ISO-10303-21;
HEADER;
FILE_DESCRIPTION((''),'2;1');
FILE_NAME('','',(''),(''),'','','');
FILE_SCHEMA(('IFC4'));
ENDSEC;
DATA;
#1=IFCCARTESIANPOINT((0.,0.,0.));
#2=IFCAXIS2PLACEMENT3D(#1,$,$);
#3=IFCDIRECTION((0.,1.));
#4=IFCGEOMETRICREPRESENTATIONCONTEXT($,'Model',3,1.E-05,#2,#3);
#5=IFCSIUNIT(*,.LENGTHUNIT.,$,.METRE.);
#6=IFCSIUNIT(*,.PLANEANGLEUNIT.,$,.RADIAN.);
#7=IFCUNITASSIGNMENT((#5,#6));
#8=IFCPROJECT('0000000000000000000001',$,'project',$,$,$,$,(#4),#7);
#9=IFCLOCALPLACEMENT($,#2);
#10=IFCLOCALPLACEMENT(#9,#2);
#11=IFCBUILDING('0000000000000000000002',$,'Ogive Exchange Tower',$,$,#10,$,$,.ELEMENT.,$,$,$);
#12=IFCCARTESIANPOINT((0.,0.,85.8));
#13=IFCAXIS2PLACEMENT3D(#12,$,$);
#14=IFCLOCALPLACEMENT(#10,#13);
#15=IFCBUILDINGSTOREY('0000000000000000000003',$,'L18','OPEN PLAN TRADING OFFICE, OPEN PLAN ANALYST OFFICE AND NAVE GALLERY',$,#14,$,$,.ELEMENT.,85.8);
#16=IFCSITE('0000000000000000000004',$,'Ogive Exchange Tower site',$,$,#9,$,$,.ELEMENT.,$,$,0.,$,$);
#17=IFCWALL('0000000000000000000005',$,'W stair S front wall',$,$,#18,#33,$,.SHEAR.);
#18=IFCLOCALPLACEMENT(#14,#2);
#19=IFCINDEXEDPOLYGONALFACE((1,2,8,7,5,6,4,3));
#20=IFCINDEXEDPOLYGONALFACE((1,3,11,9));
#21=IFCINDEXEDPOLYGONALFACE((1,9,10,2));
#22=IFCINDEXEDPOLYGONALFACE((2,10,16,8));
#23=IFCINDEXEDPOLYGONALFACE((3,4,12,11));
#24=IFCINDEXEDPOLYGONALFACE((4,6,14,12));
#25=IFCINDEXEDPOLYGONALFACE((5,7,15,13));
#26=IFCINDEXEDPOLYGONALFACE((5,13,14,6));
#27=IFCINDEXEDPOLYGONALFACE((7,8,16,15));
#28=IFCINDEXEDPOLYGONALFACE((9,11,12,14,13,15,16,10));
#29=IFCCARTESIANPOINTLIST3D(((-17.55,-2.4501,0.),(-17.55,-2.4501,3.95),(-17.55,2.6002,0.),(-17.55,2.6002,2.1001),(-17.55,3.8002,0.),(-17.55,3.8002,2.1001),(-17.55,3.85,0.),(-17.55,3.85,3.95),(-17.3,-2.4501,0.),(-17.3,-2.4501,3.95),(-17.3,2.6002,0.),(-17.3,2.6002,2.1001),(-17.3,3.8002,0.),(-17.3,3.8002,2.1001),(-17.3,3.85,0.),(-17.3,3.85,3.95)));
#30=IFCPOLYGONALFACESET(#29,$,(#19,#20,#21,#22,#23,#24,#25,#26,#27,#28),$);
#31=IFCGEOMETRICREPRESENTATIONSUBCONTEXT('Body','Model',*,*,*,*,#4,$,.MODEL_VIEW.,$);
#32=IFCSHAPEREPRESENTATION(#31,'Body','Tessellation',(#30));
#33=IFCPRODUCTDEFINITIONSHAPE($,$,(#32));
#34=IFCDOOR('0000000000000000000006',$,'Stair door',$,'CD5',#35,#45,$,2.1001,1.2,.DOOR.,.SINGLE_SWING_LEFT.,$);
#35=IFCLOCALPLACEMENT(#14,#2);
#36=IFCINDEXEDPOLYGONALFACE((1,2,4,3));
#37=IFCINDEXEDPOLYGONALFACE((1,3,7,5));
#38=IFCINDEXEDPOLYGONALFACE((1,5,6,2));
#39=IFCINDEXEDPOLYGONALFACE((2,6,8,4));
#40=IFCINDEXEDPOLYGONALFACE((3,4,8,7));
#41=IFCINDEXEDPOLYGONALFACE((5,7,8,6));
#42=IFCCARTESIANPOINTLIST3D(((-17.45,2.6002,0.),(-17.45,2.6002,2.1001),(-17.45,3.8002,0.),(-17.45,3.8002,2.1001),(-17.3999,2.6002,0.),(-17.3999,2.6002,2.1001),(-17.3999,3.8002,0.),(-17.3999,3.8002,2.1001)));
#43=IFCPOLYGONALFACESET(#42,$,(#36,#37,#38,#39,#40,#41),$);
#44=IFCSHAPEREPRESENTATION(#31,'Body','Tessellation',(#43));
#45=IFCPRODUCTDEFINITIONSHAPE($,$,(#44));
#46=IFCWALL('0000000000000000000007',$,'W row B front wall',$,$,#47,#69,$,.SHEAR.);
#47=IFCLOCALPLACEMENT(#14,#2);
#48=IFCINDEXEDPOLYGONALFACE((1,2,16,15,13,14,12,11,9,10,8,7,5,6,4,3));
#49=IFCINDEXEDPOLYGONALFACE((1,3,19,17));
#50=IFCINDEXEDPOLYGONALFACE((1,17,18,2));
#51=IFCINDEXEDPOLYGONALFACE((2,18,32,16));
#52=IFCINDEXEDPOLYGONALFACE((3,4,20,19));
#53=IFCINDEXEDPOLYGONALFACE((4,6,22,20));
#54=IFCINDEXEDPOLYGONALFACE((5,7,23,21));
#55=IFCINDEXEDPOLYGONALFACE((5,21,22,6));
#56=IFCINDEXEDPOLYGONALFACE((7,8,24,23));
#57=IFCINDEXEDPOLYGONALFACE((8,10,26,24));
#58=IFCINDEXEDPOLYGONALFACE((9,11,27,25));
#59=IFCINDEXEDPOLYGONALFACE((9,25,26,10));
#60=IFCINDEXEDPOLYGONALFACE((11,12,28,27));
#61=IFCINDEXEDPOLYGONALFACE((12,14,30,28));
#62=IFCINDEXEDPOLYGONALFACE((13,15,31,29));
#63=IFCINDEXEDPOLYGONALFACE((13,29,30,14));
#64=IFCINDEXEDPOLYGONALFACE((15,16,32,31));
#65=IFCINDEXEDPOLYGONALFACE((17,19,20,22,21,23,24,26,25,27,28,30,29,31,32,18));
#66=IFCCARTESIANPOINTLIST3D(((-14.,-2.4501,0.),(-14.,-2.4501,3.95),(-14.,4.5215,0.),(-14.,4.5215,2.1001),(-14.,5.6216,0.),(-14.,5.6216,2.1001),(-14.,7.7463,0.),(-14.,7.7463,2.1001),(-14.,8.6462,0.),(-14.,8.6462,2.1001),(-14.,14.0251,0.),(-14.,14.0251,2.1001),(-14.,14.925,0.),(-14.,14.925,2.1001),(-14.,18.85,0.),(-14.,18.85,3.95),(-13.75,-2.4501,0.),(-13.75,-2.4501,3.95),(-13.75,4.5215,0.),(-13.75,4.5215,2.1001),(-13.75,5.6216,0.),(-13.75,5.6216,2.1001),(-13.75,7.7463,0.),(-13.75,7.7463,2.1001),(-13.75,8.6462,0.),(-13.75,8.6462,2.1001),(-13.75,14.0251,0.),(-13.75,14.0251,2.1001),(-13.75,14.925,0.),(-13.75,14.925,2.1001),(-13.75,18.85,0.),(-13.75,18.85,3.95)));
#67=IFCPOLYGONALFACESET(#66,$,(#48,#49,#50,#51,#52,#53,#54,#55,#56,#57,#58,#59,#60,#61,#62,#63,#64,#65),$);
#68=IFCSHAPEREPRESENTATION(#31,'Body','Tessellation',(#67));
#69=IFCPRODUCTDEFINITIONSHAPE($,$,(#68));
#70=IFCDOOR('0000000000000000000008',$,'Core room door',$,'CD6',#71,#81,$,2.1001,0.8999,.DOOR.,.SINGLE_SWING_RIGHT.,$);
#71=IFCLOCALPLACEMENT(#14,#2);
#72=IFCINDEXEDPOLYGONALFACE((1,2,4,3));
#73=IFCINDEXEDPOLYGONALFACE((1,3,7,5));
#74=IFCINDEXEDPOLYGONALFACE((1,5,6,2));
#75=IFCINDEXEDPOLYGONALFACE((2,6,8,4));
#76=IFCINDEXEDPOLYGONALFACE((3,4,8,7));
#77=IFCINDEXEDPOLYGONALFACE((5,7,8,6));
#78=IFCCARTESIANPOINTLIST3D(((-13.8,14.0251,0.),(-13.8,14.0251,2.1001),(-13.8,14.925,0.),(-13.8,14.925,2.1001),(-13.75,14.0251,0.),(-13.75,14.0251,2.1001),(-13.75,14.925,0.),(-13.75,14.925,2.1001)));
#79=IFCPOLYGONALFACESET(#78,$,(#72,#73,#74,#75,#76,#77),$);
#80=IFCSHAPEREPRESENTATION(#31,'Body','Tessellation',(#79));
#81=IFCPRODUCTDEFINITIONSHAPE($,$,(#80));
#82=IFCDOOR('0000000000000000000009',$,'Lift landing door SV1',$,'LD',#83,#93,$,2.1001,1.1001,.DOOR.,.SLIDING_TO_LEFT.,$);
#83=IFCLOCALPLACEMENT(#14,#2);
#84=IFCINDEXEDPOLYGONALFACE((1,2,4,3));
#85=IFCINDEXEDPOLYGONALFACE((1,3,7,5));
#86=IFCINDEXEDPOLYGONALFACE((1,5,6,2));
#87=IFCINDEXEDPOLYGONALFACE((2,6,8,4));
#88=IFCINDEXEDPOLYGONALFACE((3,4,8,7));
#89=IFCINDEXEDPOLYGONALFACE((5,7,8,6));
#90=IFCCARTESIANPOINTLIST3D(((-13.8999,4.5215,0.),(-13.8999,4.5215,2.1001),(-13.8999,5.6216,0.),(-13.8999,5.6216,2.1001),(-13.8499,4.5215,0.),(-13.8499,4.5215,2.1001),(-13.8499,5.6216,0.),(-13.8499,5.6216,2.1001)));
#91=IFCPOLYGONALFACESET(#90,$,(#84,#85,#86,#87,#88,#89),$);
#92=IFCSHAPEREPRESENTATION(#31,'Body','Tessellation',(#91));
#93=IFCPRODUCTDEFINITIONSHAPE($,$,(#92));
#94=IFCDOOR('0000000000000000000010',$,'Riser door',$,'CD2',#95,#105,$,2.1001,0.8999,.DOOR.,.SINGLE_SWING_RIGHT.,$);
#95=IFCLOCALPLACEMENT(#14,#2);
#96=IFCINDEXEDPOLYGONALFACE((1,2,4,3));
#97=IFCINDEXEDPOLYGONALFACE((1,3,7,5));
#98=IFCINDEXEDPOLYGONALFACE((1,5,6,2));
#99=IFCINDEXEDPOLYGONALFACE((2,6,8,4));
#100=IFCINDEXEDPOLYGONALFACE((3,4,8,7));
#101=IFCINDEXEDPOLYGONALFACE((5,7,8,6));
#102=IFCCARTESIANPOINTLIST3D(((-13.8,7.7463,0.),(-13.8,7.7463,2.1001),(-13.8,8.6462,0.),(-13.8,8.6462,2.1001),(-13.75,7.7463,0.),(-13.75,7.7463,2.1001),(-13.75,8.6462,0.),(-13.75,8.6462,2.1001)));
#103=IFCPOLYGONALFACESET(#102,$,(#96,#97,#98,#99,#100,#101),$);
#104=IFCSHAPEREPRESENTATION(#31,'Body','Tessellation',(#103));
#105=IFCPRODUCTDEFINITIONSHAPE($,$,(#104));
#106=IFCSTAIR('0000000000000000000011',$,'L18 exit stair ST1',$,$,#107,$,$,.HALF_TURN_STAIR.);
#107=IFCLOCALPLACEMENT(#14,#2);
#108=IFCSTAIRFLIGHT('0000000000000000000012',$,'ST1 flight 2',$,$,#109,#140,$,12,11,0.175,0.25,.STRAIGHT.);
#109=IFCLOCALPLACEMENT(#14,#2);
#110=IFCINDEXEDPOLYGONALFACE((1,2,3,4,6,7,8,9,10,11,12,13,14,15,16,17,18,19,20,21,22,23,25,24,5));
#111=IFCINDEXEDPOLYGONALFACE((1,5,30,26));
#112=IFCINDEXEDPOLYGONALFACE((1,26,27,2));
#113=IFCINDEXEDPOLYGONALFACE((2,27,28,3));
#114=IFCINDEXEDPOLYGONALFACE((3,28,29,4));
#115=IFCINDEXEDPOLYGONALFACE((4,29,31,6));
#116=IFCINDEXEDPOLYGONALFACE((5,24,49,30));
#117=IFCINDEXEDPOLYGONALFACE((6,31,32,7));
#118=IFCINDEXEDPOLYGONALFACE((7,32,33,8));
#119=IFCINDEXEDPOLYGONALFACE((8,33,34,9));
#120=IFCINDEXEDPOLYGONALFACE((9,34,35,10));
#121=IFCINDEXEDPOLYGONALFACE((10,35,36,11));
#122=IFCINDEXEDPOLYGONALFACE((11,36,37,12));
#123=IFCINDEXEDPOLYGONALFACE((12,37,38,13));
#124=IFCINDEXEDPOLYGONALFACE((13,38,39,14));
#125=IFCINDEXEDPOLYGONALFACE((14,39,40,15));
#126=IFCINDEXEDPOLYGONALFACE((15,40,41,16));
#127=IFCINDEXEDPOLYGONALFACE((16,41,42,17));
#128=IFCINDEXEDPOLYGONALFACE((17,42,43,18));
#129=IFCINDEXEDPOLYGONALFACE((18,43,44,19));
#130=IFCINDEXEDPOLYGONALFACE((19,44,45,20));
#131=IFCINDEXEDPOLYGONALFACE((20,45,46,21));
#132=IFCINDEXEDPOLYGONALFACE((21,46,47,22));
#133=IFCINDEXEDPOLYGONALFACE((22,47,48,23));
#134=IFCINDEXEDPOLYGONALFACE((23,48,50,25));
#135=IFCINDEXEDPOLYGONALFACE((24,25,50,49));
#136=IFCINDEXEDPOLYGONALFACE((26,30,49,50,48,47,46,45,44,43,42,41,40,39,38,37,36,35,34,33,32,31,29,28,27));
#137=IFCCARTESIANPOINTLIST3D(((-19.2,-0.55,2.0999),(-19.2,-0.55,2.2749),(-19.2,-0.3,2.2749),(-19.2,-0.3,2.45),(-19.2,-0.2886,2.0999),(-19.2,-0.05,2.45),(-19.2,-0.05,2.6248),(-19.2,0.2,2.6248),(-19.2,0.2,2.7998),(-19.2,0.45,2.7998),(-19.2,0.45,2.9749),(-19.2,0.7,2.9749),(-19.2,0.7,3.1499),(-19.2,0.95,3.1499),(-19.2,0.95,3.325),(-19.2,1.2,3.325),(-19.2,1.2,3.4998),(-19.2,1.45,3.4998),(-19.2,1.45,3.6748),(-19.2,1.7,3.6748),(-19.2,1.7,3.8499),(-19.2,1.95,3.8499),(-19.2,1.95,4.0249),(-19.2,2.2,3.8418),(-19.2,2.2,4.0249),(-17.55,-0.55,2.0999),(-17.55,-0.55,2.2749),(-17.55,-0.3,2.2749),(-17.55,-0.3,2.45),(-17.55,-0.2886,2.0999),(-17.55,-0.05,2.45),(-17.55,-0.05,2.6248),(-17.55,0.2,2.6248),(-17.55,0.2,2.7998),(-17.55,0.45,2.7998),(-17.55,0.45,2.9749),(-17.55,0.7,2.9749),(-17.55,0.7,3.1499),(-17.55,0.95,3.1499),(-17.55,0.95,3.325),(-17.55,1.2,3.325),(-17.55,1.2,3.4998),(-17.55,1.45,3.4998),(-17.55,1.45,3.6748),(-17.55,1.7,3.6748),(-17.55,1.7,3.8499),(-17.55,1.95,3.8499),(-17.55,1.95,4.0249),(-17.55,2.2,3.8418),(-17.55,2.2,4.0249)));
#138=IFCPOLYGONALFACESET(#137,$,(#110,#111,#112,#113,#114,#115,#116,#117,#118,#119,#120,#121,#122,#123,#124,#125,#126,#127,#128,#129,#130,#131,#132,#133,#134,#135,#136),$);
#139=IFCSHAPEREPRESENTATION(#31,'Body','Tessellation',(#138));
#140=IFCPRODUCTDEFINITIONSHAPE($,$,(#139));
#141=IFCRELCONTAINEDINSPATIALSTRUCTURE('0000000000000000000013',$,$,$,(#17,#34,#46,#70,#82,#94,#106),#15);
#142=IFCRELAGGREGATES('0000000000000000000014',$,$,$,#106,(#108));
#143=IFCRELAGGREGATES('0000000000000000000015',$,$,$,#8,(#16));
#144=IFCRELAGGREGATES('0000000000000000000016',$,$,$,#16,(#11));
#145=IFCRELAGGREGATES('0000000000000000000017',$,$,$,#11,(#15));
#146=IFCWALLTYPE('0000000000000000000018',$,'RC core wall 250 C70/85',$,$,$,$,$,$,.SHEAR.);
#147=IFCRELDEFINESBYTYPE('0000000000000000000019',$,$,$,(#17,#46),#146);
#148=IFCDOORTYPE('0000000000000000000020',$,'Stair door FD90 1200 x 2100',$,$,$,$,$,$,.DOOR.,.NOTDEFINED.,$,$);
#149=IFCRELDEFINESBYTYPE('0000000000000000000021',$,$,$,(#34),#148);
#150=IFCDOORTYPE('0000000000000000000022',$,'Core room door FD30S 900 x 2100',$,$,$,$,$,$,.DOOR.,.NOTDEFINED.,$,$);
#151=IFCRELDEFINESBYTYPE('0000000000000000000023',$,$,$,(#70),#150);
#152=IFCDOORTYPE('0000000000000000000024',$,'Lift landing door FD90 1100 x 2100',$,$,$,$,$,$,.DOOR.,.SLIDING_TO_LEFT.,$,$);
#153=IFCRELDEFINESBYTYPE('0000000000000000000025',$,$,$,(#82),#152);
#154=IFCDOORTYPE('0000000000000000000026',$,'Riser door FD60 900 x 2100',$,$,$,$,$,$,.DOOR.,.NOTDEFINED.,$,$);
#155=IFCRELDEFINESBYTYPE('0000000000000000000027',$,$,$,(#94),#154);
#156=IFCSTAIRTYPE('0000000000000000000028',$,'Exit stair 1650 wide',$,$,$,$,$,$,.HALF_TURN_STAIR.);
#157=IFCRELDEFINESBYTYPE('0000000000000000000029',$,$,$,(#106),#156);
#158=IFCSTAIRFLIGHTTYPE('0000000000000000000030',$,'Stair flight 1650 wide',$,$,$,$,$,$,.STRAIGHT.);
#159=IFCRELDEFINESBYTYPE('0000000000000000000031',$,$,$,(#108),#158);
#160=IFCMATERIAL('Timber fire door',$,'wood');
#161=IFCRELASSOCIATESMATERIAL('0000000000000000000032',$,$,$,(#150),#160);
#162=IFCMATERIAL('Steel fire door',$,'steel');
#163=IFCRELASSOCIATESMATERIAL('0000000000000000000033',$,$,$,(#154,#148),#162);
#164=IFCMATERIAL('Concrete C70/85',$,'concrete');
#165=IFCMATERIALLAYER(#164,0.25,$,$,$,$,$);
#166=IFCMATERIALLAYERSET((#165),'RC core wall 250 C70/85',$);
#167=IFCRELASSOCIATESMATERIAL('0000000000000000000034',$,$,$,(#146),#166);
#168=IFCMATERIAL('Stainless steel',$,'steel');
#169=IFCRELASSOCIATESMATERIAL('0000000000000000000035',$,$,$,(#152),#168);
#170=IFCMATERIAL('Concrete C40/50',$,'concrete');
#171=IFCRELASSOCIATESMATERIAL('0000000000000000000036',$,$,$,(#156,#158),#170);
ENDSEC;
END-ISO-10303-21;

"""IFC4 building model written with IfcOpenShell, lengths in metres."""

from ifc_helpers import new_model, si_unit, direction, frame, frame_2d, origin, place, context, subcontext, project, spatial, polyline, rectangle, outline, extrude, material, layer, layer_set, type_object, element, fill, aggregate, save


model = new_model("IFC4")

# Units and contexts
model_context = context("Model", 3, precision=1e-05, world=origin(), true_north=direction((0.0, 1.0)))
body_context = subcontext(model_context, "Body", "Model", "MODEL_VIEW")
ifc_project = project(units=[si_unit("LENGTHUNIT", "METRE"), si_unit("PLANEANGLEUNIT", "RADIAN")], contexts=[model_context])

# Site, building, storey
site_placement = place(None, origin())
site = spatial("IfcSite", under=ifc_project, at=site_placement, Name="Ogive Exchange Tower site", CompositionType="ELEMENT", RefElevation=0.0)
building_placement = place(site_placement, origin())
building = spatial("IfcBuilding", under=site, at=building_placement, Name="Ogive Exchange Tower", CompositionType="ELEMENT")
storey_placement = place(building_placement, frame((0.0, 0.0, 85.8)))
storey = spatial("IfcBuildingStorey", under=building, at=storey_placement, Name="L18", Description="OPEN PLAN TRADING OFFICE, OPEN PLAN ANALYST OFFICE AND NAVE GALLERY", CompositionType="ELEMENT", Elevation=85.8)

# Shared definitions
ifc_material_1 = material(Name="Concrete C70/85", Category="concrete")
ifc_material_2 = material(Name="Timber fire door", Category="wood")
door_type_1 = type_object("IfcDoorType", Name="Core room door FD30S 900 x 2100", OperationType="NOTDEFINED", PredefinedType="DOOR", material=ifc_material_2)
ifc_material_3 = material(Name="Steel fire door", Category="steel")
door_type_2 = type_object("IfcDoorType", Name="Riser door FD60 900 x 2100", OperationType="NOTDEFINED", PredefinedType="DOOR", material=ifc_material_3)

# Wall, opening, door
ifc_layer_1 = layer(ifc_material_1, 0.25)
ifc_layer_set_1 = layer_set([ifc_layer_1], Name="RC core wall 250 C70/85")
wall_type_1 = type_object("IfcWallType", Name="RC core wall 250 C70/85", PredefinedType="SHEAR", material=ifc_layer_set_1)
wall_1_placement = place(storey_placement, frame((-17.425, -2.45, 0.0), z_axis=(0.0, 0.0, 1.0), x_axis=(0.0, 1.0, 0.0)))
wall_1 = element("IfcWall", 1, at=wall_1_placement, inside=storey, type_object=wall_type_1, Name="W stair S front wall", PredefinedType="SHEAR", context=body_context, shape_type="SweptSolid", body=[
    extrude(rectangle(XDim=6.3, YDim=0.25, at=frame_2d((3.1499, 0.0))), origin(), (0.0, 0.0, 1.0), 3.95),
])
opening_1_placement = place(wall_1_placement, frame((5.05, 0.0, 0.0)))
opening_1 = element("IfcOpeningElement", 2, at=opening_1_placement, cuts=wall_1, PredefinedType="OPENING", context=body_context, shape_type="SweptSolid", body=[
    extrude(rectangle(XDim=1.2, YDim=2.1001, at=frame_2d((0.6001, 1.05))), frame((0.0, 0.135, 0.0), z_axis=(0.0, -1.0, 0.0), x_axis=(1.0, 0.0, 0.0)), (0.0, 0.0, 1.0), 0.27),
])
door_type_3 = type_object("IfcDoorType", Name="Stair door FD90 1200 x 2100", OperationType="NOTDEFINED", PredefinedType="DOOR", material=ifc_material_3)
door_1_placement = place(opening_1_placement, origin())
door_1 = element("IfcDoor", 3, at=door_1_placement, inside=storey, type_object=door_type_3, Name="Stair door", ObjectType="CD5", OperationType="SINGLE_SWING_LEFT", OverallHeight=2.1001, OverallWidth=1.2, PredefinedType="DOOR", context=body_context, shape_type="SweptSolid", body=[
    extrude(rectangle(XDim=1.2, YDim=2.1001, at=frame_2d((0.6001, 1.05))), frame((0.0, 0.0249, 0.0), z_axis=(0.0, -1.0, 0.0), x_axis=(1.0, 0.0, 0.0)), (0.0, 0.0, 1.0), 0.05),
])
fill(opening_1, door_1)

# Wall, openings, doors
wall_2_placement = place(storey_placement, frame((-13.875, -2.45, 0.0), z_axis=(0.0, 0.0, 1.0), x_axis=(0.0, 1.0, 0.0)))
wall_2 = element("IfcWall", 4, at=wall_2_placement, inside=storey, type_object=wall_type_1, Name="W row B front wall", PredefinedType="SHEAR", context=body_context, shape_type="SweptSolid", body=[
    extrude(rectangle(XDim=21.3, YDim=0.25, at=frame_2d((10.6499, 0.0))), origin(), (0.0, 0.0, 1.0), 3.95),
])
opening_2_placement = place(wall_2_placement, frame((10.1963, 0.0, 0.0)))
opening_2 = element("IfcOpeningElement", 5, at=opening_2_placement, cuts=wall_2, PredefinedType="OPENING", context=body_context, shape_type="SweptSolid", body=[
    extrude(rectangle(XDim=0.8999, YDim=2.1001, at=frame_2d((0.45, 1.05))), frame((0.0, 0.135, 0.0), z_axis=(0.0, -1.0, 0.0), x_axis=(1.0, 0.0, 0.0)), (0.0, 0.0, 1.0), 0.27),
])
opening_3_placement = place(wall_2_placement, frame((16.4751, 0.0, 0.0)))
opening_3 = element("IfcOpeningElement", 6, at=opening_3_placement, cuts=wall_2, PredefinedType="OPENING", context=body_context, shape_type="SweptSolid", body=[
    extrude(rectangle(XDim=0.8999, YDim=2.1001, at=frame_2d((0.45, 1.05))), frame((0.0, 0.135, 0.0), z_axis=(0.0, -1.0, 0.0), x_axis=(1.0, 0.0, 0.0)), (0.0, 0.0, 1.0), 0.27),
])
opening_4_placement = place(wall_2_placement, frame((6.9714, 0.0, 0.0)))
opening_4 = element("IfcOpeningElement", 7, at=opening_4_placement, cuts=wall_2, PredefinedType="OPENING", context=body_context, shape_type="SweptSolid", body=[
    extrude(rectangle(XDim=1.1001, YDim=2.1001, at=frame_2d((0.55, 1.05))), frame((0.0, 0.135, 0.0), z_axis=(0.0, -1.0, 0.0), x_axis=(1.0, 0.0, 0.0)), (0.0, 0.0, 1.0), 0.27),
])
door_2_placement = place(opening_3_placement, frame((0.8999, -0.2002, 0.0), z_axis=(0.0, 0.0, 1.0), x_axis=(-1.0, 0.0, 0.0)))
door_2 = element("IfcDoor", 8, at=door_2_placement, inside=storey, type_object=door_type_1, Name="Core room door", ObjectType="CD6", OperationType="SINGLE_SWING_RIGHT", OverallHeight=2.1001, OverallWidth=0.8999, PredefinedType="DOOR", context=body_context, shape_type="SweptSolid", body=[
    extrude(rectangle(XDim=0.8999, YDim=2.1001, at=frame_2d((0.45, 1.05))), frame((0.0, -0.0752, 0.0), z_axis=(0.0, -1.0, 0.0), x_axis=(1.0, 0.0, 0.0)), (0.0, 0.0, 1.0), 0.05),
])
fill(opening_3, door_2)
ifc_material_4 = material(Name="Stainless steel", Category="steel")
door_type_4 = type_object("IfcDoorType", Name="Lift landing door FD90 1100 x 2100", OperationType="SLIDING_TO_LEFT", PredefinedType="DOOR", material=ifc_material_4)
door_3_placement = place(opening_4_placement, origin())
door_3 = element("IfcDoor", 9, at=door_3_placement, inside=storey, type_object=door_type_4, Name="Lift landing door SV1", ObjectType="LD", OperationType="SLIDING_TO_LEFT", OverallHeight=2.1001, OverallWidth=1.1001, PredefinedType="DOOR", context=body_context, shape_type="SweptSolid", body=[
    extrude(rectangle(XDim=1.1001, YDim=2.1001, at=frame_2d((0.55, 1.05))), frame((0.0, 0.0249, 0.0), z_axis=(0.0, -1.0, 0.0), x_axis=(1.0, 0.0, 0.0)), (0.0, 0.0, 1.0), 0.05),
])
fill(opening_4, door_3)
door_4_placement = place(opening_2_placement, frame((0.8999, -0.2002, 0.0), z_axis=(0.0, 0.0, 1.0), x_axis=(-1.0, 0.0, 0.0)))
door_4 = element("IfcDoor", 10, at=door_4_placement, inside=storey, type_object=door_type_2, Name="Riser door", ObjectType="CD2", OperationType="SINGLE_SWING_RIGHT", OverallHeight=2.1001, OverallWidth=0.8999, PredefinedType="DOOR", context=body_context, shape_type="SweptSolid", body=[
    extrude(rectangle(XDim=0.8999, YDim=2.1001, at=frame_2d((0.45, 1.05))), frame((0.0, -0.0752, 0.0), z_axis=(0.0, -1.0, 0.0), x_axis=(1.0, 0.0, 0.0)), (0.0, 0.0, 1.0), 0.05),
])
fill(opening_2, door_4)

# Stair, stair flight
ifc_material_5 = material(Name="Concrete C40/50", Category="concrete")
stair_type = type_object("IfcStairType", Name="Exit stair 1650 wide", PredefinedType="HALF_TURN_STAIR", material=ifc_material_5)
stair_placement = place(storey_placement, origin())
stair = element("IfcStair", 11, at=stair_placement, inside=storey, type_object=stair_type, Name="L18 exit stair ST1", PredefinedType="HALF_TURN_STAIR")
stair_flight_type = type_object("IfcStairFlightType", Name="Stair flight 1650 wide", PredefinedType="STRAIGHT", material=ifc_material_5)
stair_flight_placement = place(storey_placement, frame((-18.375, -0.55, 2.0999), z_axis=(0.0, 0.0, 1.0), x_axis=(0.0, 1.0, 0.0)))
stair_flight = element("IfcStairFlight", 12, at=stair_flight_placement, type_object=stair_flight_type, Name="ST1 flight 2", NumberOfRisers=12, NumberOfTreads=11, PredefinedType="STRAIGHT", RiserHeight=0.175, TreadLength=0.25, context=body_context, shape_type="SweptSolid", body=[
    extrude(outline(polyline([(0.0, 0.0), (0.0, 0.175), (0.25, 0.175), (0.25, 0.3501), (0.5, 0.3501), (0.5, 0.5249), (0.75, 0.5249), (0.75, 0.7), (1.0, 0.7), (1.0, 0.875), (1.25, 0.875), (1.25, 1.05), (1.5, 1.05), (1.5, 1.2251), (1.75, 1.2251), (1.75, 1.3999), (2.0, 1.3999), (2.0, 1.575), (2.25, 1.575), (2.25, 1.75), (2.5, 1.75), (2.5, 1.925), (2.75, 1.925), (2.75, 2.1001), (2.75, 1.7419), (0.2615, 0.0), (0.0, 0.0)])), frame((0.0, 0.825, 0.0), z_axis=(0.0, -1.0, 0.0), x_axis=(1.0, 0.0, 0.0)), (0.0, 0.0, 1.0), 1.6499),
])
aggregate(stair, [stair_flight])

save(model, "model.ifc")
